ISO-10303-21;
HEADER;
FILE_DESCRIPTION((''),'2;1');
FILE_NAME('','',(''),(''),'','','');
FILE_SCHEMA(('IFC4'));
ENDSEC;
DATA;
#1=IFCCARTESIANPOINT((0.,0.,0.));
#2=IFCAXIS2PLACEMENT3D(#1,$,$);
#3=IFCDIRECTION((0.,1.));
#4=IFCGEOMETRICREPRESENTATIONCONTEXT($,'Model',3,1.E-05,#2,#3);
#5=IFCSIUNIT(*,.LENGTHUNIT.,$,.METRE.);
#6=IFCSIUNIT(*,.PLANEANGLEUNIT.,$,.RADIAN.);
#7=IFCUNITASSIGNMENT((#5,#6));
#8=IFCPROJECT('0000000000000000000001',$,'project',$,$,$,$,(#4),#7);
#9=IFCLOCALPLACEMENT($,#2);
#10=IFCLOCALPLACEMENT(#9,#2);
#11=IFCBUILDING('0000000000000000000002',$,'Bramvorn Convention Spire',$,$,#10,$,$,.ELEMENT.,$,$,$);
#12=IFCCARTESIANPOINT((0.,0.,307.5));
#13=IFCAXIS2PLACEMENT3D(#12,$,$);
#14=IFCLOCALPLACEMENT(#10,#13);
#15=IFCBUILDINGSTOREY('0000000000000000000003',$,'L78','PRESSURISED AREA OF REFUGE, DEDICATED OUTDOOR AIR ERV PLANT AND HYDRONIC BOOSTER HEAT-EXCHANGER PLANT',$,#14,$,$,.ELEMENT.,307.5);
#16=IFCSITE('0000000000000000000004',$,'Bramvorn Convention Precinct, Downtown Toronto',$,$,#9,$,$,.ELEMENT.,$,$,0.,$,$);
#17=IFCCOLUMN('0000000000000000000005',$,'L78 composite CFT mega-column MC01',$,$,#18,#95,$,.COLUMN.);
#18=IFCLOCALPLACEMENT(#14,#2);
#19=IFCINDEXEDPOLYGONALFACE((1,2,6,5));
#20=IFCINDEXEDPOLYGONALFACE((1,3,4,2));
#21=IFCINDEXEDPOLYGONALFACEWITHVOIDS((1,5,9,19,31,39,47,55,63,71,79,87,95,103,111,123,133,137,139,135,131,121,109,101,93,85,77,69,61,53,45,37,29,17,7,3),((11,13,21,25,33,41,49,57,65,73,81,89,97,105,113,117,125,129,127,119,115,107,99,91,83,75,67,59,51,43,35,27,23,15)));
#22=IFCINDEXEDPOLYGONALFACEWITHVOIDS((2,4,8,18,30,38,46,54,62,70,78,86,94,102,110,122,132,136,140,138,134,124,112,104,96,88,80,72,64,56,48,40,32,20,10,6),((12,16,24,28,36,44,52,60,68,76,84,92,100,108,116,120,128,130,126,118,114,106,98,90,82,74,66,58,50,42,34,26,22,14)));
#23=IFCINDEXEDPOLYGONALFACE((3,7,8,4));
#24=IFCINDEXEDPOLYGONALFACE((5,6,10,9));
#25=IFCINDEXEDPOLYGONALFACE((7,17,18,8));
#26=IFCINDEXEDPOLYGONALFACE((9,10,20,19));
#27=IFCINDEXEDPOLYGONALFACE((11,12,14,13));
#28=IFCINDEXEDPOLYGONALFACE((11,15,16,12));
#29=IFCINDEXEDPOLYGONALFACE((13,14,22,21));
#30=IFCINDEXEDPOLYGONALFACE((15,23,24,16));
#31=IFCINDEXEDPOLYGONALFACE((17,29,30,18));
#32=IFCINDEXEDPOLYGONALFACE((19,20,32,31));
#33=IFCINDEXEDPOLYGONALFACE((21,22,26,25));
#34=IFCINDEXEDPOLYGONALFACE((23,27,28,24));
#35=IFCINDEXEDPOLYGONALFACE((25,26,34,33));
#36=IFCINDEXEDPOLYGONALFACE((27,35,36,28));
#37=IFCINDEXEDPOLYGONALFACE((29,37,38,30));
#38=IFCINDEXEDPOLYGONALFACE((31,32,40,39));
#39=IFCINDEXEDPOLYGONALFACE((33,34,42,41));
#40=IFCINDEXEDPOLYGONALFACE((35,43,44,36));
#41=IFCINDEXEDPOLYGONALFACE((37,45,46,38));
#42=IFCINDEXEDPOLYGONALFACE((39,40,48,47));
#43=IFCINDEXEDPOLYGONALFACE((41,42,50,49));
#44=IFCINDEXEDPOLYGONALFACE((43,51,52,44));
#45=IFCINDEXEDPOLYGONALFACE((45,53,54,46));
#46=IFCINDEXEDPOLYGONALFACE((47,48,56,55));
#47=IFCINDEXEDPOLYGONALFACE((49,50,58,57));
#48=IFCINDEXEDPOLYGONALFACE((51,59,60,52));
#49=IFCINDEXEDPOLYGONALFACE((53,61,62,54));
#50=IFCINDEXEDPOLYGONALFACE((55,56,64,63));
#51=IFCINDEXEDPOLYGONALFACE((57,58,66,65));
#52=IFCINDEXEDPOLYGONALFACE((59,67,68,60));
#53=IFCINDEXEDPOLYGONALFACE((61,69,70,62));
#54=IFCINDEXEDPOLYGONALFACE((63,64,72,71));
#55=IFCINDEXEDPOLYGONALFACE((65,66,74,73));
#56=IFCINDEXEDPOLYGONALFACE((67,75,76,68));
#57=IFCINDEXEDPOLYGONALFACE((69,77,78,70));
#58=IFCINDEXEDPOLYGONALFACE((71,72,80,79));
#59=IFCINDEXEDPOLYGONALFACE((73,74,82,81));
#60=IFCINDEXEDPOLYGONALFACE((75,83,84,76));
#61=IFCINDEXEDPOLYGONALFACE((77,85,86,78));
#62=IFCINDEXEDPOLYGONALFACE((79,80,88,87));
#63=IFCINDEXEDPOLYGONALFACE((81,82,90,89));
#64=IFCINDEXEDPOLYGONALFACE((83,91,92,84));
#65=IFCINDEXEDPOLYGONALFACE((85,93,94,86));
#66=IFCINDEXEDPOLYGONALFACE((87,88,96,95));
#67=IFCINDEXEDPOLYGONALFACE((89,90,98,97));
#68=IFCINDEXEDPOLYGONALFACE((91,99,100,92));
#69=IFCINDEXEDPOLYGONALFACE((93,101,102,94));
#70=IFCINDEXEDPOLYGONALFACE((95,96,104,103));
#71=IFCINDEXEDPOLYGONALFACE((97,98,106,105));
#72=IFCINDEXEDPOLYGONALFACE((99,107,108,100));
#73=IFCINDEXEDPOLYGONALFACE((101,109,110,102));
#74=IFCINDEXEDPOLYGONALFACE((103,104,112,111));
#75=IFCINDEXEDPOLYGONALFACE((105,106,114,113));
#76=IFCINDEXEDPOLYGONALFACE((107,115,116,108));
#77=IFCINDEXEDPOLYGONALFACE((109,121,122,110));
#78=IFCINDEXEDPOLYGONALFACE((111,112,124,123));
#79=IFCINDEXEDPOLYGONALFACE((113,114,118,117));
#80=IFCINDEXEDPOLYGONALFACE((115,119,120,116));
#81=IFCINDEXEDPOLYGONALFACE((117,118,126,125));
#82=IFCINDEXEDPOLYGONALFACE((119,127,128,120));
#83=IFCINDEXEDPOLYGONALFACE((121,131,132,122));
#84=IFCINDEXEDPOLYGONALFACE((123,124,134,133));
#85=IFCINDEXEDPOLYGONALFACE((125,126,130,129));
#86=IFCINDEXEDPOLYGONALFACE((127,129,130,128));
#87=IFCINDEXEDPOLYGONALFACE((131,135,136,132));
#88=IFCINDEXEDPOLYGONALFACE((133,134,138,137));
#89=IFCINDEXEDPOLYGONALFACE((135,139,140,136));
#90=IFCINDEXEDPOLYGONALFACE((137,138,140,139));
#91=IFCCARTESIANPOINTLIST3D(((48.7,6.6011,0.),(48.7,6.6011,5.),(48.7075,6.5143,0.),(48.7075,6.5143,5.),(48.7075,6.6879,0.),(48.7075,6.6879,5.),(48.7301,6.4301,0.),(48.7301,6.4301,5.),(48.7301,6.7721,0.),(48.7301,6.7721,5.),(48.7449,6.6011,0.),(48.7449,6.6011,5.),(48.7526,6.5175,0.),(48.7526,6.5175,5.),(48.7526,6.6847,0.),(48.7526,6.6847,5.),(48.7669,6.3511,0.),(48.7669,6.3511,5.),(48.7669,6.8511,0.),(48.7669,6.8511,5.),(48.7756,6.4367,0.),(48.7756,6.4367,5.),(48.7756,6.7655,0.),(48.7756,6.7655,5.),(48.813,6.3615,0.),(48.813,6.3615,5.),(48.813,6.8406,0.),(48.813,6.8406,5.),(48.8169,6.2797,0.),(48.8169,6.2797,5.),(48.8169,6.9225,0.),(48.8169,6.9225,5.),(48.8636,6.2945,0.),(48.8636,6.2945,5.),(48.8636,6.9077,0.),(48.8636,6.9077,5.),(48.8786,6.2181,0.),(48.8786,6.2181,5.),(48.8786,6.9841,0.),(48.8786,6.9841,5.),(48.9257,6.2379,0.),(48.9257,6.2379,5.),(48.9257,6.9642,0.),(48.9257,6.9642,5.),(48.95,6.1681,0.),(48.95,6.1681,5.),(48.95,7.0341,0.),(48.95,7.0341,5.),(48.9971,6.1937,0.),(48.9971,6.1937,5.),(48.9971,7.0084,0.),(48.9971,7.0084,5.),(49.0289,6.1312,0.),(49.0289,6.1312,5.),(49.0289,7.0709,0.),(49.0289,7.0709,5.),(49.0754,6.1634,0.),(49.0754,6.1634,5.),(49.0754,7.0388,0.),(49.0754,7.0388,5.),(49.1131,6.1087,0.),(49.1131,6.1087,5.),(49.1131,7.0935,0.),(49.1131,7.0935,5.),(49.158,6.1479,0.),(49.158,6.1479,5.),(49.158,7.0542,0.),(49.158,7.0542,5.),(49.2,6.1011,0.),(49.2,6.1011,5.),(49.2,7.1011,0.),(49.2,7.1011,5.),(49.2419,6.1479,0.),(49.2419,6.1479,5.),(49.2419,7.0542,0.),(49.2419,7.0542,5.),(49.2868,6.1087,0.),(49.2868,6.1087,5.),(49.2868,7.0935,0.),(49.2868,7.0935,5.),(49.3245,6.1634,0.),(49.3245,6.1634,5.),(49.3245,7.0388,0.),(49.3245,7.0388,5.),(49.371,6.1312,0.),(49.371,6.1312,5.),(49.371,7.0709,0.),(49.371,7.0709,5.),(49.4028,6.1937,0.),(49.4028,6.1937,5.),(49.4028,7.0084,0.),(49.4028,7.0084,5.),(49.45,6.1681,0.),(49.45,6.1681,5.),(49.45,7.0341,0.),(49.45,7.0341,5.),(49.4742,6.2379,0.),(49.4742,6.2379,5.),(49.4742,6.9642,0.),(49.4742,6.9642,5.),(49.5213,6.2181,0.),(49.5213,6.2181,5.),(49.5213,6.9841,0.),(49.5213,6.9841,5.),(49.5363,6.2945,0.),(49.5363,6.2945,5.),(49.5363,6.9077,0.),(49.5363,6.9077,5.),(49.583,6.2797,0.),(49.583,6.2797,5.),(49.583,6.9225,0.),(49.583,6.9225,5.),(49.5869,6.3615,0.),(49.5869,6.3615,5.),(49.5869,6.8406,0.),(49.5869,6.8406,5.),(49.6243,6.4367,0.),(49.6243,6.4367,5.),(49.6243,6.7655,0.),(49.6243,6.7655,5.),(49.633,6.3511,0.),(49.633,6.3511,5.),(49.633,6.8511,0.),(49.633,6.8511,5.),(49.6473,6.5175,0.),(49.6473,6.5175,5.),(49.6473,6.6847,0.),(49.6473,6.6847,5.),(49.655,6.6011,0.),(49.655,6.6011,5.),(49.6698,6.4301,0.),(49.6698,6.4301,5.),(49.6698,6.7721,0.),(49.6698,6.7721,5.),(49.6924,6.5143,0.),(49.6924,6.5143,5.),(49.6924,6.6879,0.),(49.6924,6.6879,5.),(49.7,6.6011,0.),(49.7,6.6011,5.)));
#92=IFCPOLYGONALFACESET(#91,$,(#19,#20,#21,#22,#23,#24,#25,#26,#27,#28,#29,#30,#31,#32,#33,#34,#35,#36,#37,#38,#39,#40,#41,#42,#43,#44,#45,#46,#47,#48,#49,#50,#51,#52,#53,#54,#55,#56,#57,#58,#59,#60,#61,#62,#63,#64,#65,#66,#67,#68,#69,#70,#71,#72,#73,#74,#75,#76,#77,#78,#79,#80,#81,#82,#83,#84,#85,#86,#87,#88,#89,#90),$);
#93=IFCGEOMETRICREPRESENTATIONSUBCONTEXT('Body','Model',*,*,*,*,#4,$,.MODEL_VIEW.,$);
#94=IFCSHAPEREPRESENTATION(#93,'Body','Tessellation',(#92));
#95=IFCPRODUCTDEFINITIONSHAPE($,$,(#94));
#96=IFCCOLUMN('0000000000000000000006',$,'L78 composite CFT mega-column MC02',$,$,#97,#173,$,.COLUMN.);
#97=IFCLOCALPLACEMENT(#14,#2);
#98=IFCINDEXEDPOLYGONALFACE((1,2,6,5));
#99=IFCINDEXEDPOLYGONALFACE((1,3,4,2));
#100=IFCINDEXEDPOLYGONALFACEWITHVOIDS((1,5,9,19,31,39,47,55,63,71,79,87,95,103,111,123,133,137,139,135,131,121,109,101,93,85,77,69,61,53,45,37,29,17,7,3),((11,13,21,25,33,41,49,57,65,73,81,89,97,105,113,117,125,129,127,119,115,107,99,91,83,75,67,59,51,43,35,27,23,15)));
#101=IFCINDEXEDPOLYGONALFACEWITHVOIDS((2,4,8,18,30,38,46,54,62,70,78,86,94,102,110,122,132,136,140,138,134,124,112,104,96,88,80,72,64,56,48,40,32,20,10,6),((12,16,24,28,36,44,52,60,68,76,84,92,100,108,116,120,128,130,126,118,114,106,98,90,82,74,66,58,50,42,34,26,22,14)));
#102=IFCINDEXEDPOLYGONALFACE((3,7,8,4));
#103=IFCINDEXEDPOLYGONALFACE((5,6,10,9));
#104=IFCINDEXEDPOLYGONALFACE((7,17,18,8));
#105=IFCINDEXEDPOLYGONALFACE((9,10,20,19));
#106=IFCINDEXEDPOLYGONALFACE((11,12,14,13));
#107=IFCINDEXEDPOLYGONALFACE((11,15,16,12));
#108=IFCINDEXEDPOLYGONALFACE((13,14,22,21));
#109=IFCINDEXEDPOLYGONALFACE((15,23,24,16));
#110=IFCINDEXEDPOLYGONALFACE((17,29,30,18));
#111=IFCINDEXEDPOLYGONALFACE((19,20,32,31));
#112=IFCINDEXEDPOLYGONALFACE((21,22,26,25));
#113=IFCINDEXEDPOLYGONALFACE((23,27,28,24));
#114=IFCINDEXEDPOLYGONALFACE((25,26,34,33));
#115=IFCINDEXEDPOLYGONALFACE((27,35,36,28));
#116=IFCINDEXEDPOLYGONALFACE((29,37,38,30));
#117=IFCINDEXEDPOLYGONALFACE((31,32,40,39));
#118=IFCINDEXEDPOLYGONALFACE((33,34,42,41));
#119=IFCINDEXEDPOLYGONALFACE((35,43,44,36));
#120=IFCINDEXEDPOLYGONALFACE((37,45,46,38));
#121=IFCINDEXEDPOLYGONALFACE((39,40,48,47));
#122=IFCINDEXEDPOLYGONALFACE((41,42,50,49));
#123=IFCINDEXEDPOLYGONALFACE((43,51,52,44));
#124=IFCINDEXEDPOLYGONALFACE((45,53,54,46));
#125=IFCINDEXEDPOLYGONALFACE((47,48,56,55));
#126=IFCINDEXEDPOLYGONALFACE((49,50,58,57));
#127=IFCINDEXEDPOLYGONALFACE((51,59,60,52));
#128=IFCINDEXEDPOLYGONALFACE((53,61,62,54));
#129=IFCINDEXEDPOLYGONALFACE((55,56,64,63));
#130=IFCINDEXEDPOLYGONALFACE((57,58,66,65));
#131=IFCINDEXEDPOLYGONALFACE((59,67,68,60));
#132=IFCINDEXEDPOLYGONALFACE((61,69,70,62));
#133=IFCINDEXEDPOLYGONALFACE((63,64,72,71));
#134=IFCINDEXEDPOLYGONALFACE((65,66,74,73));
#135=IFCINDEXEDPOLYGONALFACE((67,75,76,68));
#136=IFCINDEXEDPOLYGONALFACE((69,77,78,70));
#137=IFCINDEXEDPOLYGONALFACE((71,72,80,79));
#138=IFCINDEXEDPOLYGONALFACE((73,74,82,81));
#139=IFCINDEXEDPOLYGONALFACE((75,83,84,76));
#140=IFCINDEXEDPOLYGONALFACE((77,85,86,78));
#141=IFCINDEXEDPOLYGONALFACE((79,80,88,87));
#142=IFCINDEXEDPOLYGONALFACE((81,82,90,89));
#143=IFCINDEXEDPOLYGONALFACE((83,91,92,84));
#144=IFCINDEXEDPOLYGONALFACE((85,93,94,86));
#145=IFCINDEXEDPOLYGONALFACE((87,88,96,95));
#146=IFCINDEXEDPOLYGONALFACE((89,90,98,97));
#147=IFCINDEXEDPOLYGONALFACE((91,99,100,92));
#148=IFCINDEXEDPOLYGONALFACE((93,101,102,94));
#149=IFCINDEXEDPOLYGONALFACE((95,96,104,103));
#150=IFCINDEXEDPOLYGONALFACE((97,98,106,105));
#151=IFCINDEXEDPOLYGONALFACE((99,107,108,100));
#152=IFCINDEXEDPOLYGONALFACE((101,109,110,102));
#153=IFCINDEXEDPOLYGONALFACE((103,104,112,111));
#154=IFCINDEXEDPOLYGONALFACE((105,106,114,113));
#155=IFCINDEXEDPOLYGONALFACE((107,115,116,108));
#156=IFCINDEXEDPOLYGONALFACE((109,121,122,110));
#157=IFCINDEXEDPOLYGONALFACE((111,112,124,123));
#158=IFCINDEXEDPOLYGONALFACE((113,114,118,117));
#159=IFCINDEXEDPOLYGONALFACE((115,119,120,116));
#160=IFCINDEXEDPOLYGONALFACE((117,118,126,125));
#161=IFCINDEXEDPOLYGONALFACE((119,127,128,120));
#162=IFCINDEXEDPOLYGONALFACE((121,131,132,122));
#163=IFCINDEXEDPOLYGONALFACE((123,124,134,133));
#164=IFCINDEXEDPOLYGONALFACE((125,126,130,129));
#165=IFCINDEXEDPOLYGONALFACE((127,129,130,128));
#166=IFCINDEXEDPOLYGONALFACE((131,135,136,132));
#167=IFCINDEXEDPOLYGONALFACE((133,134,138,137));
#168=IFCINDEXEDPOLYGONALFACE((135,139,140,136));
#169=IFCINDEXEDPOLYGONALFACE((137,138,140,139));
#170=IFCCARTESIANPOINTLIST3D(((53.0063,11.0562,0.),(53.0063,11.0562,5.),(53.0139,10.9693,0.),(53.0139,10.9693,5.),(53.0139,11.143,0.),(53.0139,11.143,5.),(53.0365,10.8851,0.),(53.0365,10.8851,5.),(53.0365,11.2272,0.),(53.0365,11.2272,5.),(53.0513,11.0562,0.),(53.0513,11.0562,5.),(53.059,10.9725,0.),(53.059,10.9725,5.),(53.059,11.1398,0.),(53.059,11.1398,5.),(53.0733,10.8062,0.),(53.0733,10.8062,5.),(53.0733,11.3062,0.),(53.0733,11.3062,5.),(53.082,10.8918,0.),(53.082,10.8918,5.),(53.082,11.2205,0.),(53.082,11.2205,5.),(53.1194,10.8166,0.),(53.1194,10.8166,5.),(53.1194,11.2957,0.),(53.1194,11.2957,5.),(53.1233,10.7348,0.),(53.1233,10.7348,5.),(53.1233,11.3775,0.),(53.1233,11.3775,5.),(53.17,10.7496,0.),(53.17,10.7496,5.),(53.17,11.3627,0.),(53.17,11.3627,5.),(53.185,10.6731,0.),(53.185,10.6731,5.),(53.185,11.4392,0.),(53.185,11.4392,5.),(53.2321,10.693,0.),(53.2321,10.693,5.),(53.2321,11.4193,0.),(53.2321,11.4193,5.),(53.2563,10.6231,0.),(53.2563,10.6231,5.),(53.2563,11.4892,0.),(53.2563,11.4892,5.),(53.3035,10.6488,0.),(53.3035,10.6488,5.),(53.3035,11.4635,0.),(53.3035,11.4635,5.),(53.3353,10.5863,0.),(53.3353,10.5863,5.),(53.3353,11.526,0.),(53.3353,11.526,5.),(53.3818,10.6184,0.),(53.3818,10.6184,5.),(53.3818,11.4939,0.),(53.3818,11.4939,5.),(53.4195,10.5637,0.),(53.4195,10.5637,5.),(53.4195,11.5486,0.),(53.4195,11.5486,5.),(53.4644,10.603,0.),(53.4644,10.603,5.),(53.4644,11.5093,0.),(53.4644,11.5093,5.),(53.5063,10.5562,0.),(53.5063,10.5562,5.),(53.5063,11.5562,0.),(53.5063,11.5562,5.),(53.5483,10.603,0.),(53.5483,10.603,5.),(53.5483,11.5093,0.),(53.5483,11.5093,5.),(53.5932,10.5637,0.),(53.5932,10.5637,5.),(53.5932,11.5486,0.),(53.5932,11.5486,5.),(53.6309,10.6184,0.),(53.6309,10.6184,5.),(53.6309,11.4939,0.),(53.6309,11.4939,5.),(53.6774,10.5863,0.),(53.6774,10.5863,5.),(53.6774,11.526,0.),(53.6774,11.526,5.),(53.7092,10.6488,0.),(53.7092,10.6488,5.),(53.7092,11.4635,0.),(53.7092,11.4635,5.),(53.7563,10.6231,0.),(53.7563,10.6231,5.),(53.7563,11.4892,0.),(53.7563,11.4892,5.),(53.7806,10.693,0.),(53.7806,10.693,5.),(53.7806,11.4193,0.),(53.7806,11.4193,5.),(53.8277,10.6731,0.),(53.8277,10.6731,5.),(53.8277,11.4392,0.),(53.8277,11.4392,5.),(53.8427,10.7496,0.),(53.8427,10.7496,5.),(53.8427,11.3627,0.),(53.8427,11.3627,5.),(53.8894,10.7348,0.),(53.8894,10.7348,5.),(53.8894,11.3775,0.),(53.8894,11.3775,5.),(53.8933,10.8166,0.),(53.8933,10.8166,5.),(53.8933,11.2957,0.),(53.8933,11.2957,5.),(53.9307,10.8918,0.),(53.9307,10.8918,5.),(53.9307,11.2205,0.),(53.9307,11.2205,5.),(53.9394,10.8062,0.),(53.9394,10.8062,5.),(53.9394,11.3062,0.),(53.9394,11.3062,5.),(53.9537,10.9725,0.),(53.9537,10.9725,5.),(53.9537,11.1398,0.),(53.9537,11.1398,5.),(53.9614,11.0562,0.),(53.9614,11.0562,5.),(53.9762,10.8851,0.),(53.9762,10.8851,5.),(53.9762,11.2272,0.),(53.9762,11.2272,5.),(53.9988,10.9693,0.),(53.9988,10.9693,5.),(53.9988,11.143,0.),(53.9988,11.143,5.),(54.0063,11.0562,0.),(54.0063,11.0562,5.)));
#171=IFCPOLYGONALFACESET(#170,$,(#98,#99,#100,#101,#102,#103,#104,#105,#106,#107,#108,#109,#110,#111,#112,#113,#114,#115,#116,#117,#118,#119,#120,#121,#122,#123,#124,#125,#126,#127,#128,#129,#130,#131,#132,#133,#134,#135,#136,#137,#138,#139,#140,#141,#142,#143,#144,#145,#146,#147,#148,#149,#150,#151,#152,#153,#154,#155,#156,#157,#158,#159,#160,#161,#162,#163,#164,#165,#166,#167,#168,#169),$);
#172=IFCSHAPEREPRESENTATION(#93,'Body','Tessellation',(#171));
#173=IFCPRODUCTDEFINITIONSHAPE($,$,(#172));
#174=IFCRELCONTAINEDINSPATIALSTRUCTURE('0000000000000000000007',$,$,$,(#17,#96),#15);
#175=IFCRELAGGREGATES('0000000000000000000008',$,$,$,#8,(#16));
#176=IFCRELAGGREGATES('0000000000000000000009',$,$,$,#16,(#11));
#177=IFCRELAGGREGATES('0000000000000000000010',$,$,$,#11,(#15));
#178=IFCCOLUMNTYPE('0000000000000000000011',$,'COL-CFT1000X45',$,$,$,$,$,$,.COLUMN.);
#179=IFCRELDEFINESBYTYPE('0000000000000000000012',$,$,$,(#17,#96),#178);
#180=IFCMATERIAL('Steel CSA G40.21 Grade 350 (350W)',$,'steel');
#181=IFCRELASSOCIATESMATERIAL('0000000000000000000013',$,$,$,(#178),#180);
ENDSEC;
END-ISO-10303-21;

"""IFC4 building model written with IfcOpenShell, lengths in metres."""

from ifc_helpers import new_model, si_unit, direction, frame, origin, origin_2d, place, context, subcontext, project, spatial, hollow_circle, extrude, material, material_profile, profile_set, type_object, element, save


model = new_model("IFC4")

# Units and contexts
model_context = context("Model", 3, precision=1e-05, world=origin(), true_north=direction((0.0, 1.0)))
body_context = subcontext(model_context, "Body", "Model", "MODEL_VIEW")
ifc_project = project(units=[si_unit("LENGTHUNIT", "METRE"), si_unit("PLANEANGLEUNIT", "RADIAN")], contexts=[model_context])

# Site, building, storey
site_placement = place(None, origin())
site = spatial("IfcSite", under=ifc_project, at=site_placement, Name="Bramvorn Convention Precinct, Downtown Toronto", CompositionType="ELEMENT", RefElevation=0.0)
building_placement = place(site_placement, origin())
building = spatial("IfcBuilding", under=site, at=building_placement, Name="Bramvorn Convention Spire", CompositionType="ELEMENT")
storey_placement = place(building_placement, frame((0.0, 0.0, 307.5)))
storey = spatial("IfcBuildingStorey", under=building, at=storey_placement, Name="L78", Description="PRESSURISED AREA OF REFUGE, DEDICATED OUTDOOR AIR ERV PLANT AND HYDRONIC BOOSTER HEAT-EXCHANGER PLANT", CompositionType="ELEMENT", Elevation=307.5)

# Columns
ifc_material_1 = material(Name="Steel CSA G40.21 Grade 350 (350W)", Category="steel")
ifc_material_profile_1 = material_profile(ifc_material_1, hollow_circle(Radius=0.5, WallThickness=0.0449, at=origin_2d()))
ifc_profile_set_1 = profile_set([ifc_material_profile_1], Name="Steel CSA G40.21 Grade 350 (350W) - CFT1000X45")
column_type_1 = type_object("IfcColumnType", Name="COL-CFT1000X45", PredefinedType="COLUMN", material=ifc_profile_set_1)
for number, where, z_axis, x_axis, name in (
    (1, (49.2, 6.6011, 0.0), (0.0, 0.0, 1.0), (1.0, 0.0, 0.0), "L78 composite CFT mega-column MC01"),
    (2, (53.5063, 11.0562, 0.0), (0.0, 0.0, 1.0), (1.0, 0.0, 0.0), "L78 composite CFT mega-column MC02"),
):
    element("IfcColumn", number, at=place(storey_placement, frame(where, z_axis=z_axis, x_axis=x_axis)), inside=storey, type_object=column_type_1, Name=name, PredefinedType="COLUMN", context=body_context, shape_type="SweptSolid", body=[
        extrude(hollow_circle(Radius=0.5, WallThickness=0.0449, at=origin_2d()), origin(), (0.0, 0.0, 1.0), 5.0),
    ])

save(model, "model.ifc")
